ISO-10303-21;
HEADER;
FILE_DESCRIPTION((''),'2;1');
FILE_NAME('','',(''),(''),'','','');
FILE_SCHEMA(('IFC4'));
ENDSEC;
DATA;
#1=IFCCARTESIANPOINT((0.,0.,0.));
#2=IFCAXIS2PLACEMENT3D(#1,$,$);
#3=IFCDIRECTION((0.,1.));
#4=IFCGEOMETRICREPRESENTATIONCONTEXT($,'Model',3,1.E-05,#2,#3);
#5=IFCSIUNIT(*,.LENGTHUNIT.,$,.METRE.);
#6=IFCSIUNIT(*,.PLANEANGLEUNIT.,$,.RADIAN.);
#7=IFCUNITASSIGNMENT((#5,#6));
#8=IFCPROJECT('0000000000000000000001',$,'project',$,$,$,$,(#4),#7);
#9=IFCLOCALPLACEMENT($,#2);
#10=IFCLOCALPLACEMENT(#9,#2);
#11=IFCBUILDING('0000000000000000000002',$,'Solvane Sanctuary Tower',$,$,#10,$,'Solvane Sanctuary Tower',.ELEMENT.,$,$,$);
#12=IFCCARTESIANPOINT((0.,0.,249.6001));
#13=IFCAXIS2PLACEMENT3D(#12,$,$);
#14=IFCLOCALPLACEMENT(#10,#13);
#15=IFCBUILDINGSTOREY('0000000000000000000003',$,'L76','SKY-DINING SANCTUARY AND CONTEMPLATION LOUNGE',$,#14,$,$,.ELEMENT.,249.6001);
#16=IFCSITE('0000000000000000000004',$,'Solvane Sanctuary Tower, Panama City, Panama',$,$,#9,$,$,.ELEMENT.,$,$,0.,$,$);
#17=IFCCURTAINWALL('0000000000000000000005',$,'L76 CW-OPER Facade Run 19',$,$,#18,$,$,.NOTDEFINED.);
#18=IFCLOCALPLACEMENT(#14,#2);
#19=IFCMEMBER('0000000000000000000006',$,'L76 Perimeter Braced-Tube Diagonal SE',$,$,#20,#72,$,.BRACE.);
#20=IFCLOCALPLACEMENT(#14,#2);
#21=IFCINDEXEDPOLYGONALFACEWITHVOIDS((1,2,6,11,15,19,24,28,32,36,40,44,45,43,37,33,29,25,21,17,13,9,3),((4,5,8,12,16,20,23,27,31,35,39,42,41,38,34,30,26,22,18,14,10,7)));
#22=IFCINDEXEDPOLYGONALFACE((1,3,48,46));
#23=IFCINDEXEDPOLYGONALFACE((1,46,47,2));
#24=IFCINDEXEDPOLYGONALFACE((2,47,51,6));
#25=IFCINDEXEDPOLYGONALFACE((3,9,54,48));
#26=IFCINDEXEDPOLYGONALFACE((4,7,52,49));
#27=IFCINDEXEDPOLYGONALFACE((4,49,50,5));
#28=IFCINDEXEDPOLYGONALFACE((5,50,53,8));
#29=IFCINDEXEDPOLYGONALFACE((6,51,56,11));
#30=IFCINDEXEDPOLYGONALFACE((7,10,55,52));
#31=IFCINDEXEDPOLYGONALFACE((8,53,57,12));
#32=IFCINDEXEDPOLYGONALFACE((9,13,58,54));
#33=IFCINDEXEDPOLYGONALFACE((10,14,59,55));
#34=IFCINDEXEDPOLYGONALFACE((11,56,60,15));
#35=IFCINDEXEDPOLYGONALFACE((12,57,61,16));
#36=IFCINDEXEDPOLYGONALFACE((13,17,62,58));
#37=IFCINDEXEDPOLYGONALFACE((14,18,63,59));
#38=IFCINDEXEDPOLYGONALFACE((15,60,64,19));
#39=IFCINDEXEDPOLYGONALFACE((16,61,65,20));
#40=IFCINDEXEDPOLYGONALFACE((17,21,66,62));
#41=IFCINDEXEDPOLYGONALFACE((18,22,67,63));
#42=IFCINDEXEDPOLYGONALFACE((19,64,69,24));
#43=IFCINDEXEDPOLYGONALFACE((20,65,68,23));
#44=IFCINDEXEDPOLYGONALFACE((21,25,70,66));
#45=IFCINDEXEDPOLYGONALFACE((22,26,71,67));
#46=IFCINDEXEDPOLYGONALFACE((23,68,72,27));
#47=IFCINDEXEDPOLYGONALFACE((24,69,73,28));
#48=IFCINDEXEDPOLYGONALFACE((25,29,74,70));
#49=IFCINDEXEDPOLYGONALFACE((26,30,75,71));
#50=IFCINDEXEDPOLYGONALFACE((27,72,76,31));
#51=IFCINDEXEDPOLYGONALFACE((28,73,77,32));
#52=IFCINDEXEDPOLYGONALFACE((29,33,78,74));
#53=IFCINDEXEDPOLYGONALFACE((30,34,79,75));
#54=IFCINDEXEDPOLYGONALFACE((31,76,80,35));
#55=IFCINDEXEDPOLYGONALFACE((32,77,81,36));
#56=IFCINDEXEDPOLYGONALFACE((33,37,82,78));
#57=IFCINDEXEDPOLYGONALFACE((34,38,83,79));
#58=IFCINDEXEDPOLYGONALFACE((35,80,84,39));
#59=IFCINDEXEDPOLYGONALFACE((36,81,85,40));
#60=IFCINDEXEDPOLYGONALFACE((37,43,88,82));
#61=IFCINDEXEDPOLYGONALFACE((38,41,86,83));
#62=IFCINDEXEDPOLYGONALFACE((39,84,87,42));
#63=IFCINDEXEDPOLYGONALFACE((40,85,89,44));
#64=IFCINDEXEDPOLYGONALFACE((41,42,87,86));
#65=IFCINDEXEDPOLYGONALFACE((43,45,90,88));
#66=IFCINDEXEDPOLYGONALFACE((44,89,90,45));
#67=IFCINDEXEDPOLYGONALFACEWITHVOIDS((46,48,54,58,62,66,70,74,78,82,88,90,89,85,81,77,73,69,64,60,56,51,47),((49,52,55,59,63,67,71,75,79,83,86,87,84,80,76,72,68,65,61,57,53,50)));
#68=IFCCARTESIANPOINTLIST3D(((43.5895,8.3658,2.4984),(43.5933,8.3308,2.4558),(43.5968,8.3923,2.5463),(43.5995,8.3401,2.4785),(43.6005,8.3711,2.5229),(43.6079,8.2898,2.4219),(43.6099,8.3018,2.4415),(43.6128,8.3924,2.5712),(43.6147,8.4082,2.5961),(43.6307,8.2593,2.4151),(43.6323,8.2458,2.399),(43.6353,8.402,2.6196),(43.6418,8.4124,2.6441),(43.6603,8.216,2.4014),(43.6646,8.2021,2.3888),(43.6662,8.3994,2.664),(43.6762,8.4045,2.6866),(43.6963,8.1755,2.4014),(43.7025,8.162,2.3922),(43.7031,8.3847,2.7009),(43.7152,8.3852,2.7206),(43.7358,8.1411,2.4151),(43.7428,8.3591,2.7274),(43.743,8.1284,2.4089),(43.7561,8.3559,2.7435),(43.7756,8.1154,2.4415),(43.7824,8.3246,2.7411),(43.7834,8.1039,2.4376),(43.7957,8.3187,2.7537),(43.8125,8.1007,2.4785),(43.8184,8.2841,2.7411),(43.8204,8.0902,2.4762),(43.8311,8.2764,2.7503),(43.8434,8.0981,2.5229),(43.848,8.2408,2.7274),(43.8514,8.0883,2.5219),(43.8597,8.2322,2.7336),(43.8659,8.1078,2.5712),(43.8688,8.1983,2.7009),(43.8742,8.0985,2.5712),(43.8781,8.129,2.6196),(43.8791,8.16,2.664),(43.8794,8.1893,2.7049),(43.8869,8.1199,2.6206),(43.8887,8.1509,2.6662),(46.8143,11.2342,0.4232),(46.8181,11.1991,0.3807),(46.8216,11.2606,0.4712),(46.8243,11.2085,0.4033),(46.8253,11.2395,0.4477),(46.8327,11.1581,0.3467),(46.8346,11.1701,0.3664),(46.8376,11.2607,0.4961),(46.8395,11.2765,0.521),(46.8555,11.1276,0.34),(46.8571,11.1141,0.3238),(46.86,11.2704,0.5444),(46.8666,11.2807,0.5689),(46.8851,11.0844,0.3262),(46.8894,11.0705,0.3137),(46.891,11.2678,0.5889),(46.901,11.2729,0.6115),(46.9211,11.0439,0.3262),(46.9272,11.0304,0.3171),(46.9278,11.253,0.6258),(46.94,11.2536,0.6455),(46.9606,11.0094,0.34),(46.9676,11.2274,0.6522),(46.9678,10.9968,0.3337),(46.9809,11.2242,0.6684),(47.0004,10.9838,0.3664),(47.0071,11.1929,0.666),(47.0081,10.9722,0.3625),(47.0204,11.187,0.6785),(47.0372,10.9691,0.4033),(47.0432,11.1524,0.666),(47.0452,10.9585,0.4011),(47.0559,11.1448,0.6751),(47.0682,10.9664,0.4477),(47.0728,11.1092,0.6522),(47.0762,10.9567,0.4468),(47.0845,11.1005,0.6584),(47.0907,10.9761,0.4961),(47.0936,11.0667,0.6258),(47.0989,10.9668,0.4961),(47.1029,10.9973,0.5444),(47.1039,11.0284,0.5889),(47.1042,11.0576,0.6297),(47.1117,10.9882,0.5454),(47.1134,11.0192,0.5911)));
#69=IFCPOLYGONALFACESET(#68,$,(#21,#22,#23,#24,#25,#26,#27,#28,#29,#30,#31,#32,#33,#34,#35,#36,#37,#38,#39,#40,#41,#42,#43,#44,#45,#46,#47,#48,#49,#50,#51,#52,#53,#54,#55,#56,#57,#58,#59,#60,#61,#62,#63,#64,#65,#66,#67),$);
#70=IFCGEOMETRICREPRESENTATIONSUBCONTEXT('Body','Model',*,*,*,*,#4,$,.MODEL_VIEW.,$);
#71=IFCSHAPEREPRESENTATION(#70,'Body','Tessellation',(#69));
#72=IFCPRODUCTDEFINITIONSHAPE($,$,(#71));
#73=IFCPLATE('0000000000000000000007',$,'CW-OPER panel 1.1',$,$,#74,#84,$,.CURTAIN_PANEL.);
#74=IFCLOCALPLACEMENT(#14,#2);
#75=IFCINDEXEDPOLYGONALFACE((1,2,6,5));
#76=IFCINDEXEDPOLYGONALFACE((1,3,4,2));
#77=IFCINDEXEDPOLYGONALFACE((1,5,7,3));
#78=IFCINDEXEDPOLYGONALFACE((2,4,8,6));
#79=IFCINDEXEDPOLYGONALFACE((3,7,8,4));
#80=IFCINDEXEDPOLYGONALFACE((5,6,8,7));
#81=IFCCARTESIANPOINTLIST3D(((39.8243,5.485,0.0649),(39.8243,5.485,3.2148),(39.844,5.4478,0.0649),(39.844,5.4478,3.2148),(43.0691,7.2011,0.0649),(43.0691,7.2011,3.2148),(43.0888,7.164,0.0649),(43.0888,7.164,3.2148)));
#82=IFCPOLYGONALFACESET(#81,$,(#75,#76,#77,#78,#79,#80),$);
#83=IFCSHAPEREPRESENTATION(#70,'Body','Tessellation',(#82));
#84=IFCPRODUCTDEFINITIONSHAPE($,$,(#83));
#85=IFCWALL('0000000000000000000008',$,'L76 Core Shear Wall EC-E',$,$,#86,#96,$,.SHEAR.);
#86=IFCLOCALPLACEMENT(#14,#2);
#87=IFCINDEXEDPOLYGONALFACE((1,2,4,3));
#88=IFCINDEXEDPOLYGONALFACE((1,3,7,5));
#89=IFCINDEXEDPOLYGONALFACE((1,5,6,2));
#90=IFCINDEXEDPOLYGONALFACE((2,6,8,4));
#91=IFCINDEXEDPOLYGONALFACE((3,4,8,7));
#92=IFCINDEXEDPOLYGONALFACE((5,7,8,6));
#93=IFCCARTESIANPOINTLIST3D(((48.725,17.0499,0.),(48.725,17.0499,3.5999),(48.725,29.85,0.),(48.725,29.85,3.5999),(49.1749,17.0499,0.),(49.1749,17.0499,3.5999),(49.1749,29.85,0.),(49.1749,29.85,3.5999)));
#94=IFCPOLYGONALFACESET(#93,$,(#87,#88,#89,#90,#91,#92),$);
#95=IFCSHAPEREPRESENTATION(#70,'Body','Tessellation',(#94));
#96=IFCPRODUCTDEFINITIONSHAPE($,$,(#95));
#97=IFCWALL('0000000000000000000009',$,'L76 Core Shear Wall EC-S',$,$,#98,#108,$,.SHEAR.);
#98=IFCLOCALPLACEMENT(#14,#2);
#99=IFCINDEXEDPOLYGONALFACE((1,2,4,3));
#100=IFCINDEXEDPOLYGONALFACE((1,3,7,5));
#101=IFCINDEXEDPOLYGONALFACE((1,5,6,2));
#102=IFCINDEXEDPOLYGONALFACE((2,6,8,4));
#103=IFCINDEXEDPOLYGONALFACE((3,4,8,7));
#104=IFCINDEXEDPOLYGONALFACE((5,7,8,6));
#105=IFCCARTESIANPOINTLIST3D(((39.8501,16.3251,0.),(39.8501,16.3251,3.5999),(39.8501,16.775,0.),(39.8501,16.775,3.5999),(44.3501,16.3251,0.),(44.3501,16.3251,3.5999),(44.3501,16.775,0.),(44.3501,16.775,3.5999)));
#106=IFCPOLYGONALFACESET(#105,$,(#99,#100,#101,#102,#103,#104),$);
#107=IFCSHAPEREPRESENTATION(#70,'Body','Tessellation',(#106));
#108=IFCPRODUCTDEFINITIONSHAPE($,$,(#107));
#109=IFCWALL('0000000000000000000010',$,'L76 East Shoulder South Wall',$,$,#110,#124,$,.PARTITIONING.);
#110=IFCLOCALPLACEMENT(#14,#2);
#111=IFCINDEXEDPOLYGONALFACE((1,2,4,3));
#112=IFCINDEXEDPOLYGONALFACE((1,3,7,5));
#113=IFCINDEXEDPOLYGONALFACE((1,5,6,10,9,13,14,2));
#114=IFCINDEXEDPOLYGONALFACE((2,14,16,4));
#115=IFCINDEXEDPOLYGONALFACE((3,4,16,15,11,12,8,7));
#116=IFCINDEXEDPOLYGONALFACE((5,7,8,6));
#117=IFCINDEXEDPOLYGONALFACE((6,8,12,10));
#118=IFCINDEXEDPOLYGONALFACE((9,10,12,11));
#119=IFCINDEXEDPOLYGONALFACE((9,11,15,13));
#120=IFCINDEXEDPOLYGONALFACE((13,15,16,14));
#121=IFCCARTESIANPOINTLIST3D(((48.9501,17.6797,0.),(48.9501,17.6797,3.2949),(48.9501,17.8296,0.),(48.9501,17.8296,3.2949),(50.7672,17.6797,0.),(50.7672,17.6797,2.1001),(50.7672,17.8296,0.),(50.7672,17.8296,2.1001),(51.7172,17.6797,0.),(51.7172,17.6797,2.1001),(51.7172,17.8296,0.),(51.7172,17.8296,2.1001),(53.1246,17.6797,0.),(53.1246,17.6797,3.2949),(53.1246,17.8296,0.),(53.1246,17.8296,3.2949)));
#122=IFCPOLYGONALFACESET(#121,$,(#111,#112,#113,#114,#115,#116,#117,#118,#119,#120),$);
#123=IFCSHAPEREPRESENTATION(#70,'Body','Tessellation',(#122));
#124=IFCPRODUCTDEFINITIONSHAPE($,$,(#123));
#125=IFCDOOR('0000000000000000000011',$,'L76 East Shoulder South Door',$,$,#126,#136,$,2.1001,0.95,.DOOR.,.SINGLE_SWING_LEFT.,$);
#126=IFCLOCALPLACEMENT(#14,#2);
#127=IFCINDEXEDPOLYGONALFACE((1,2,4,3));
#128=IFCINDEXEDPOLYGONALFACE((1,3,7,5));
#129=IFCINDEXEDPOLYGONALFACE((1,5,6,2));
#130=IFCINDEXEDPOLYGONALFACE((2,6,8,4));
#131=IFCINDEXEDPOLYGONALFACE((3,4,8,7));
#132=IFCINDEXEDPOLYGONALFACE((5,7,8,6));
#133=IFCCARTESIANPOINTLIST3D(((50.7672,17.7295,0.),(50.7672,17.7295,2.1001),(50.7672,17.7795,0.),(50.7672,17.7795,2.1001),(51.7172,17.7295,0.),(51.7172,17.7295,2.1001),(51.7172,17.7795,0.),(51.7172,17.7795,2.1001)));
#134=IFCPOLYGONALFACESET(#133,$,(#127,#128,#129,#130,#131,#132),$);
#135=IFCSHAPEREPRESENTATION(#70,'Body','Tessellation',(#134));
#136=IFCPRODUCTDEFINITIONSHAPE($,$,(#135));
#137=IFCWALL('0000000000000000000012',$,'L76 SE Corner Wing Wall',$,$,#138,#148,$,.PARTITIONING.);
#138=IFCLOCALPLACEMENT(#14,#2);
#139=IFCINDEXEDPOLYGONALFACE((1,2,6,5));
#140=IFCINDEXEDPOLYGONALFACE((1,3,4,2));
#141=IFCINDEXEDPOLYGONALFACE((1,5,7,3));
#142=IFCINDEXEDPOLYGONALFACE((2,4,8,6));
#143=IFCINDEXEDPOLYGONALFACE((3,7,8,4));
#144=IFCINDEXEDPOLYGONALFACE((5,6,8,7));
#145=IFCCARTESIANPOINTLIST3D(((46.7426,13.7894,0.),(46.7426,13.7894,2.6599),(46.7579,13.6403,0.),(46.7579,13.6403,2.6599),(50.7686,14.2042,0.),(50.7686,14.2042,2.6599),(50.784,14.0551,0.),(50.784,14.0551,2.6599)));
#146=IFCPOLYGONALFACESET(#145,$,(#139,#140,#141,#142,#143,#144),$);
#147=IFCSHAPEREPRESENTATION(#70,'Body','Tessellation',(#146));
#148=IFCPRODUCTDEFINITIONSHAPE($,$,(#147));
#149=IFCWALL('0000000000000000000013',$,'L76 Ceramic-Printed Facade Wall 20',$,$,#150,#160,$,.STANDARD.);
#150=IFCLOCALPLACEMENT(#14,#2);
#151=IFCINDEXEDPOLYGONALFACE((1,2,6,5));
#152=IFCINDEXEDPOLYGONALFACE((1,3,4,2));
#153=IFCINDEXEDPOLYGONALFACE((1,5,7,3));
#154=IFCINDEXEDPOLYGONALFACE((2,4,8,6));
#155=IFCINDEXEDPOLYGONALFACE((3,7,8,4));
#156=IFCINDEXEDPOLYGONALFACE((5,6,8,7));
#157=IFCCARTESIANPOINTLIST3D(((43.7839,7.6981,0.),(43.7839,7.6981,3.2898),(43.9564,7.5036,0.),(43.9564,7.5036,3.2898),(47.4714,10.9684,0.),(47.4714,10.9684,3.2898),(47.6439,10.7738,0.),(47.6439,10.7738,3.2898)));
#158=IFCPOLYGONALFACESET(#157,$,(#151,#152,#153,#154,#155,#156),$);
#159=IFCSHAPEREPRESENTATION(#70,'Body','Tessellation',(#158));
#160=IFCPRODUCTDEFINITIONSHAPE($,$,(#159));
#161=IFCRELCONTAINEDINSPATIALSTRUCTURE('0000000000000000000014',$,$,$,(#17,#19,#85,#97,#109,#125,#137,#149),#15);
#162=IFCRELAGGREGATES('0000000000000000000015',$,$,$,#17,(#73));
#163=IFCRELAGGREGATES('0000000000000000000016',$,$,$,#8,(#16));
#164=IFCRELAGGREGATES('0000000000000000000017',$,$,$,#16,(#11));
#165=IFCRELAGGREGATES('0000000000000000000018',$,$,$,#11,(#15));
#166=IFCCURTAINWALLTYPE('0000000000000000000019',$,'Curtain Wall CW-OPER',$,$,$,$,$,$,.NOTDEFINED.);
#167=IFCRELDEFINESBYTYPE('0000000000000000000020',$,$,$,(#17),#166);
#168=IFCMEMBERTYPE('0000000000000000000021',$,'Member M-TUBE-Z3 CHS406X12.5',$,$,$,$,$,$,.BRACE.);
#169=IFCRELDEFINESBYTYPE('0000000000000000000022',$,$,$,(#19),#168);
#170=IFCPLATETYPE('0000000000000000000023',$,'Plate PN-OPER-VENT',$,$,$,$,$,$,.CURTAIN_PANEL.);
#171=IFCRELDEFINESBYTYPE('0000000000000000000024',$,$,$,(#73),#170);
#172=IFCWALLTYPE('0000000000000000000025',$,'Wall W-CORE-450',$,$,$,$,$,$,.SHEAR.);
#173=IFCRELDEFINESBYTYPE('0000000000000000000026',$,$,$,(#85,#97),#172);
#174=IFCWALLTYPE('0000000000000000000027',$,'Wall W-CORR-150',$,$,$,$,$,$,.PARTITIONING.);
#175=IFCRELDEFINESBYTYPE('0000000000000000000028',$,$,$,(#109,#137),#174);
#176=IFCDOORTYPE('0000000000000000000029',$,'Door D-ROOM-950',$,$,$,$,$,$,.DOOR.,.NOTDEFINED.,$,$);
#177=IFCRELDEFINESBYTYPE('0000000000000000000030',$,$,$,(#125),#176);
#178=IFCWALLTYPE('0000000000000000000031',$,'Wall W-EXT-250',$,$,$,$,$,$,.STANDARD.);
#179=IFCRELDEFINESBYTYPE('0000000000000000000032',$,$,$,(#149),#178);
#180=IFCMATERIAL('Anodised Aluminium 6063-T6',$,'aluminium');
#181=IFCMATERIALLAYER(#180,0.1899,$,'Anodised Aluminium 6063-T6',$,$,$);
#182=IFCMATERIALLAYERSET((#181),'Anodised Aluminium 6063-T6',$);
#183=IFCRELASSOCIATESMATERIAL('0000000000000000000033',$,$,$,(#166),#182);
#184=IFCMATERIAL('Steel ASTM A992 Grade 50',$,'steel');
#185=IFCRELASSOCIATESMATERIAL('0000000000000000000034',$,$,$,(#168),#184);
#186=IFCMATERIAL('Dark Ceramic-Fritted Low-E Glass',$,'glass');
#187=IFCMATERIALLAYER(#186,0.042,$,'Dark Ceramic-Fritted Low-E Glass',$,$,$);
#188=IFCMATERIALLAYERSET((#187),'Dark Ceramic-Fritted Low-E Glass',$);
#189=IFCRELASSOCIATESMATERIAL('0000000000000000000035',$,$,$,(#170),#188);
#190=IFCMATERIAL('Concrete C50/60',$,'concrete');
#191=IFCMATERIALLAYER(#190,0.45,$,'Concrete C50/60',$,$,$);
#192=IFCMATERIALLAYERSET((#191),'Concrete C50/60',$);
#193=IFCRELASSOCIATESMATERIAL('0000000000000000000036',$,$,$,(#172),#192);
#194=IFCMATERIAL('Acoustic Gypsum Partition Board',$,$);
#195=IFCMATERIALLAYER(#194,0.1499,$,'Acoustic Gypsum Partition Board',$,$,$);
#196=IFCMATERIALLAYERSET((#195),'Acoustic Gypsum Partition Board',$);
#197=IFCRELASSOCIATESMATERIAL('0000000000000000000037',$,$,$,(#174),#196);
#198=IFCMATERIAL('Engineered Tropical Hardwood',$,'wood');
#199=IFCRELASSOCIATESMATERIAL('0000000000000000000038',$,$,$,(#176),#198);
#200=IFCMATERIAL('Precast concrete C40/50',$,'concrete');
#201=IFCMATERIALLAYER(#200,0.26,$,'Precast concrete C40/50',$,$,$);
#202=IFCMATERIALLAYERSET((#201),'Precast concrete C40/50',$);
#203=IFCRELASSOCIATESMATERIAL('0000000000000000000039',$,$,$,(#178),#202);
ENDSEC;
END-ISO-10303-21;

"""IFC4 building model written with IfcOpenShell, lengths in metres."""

from ifc_helpers import new_model, si_unit, direction, frame, frame_2d, origin, origin_2d, place, context, subcontext, project, spatial, rectangle, hollow_circle, extrude, material, layer, layer_set, material_profile, profile_set, type_object, element, fill, aggregate, save


model = new_model("IFC4")

# Units and contexts
model_context = context("Model", 3, precision=1e-05, world=origin(), true_north=direction((0.0, 1.0)))
body_context = subcontext(model_context, "Body", "Model", "MODEL_VIEW")
ifc_project = project(units=[si_unit("LENGTHUNIT", "METRE"), si_unit("PLANEANGLEUNIT", "RADIAN")], contexts=[model_context])

# Site, building, storey
site_placement = place(None, origin())
site = spatial("IfcSite", under=ifc_project, at=site_placement, Name="Solvane Sanctuary Tower, Panama City, Panama", CompositionType="ELEMENT", RefElevation=0.0)
building_placement = place(site_placement, origin())
building = spatial("IfcBuilding", under=site, at=building_placement, Name="Solvane Sanctuary Tower", LongName="Solvane Sanctuary Tower", CompositionType="ELEMENT")
storey_placement = place(building_placement, frame((0.0, 0.0, 249.6001)))
storey = spatial("IfcBuildingStorey", under=building, at=storey_placement, Name="L76", Description="SKY-DINING SANCTUARY AND CONTEMPLATION LOUNGE", CompositionType="ELEMENT", Elevation=249.6001)

# Shared definitions
ifc_material_1 = material(Name="Steel ASTM A992 Grade 50", Category="steel")

# Curtain wall
ifc_material_2 = material(Name="Anodised Aluminium 6063-T6", Category="aluminium")
ifc_layer_1 = layer(ifc_material_2, 0.1899, Name="Anodised Aluminium 6063-T6")
ifc_layer_set_1 = layer_set([ifc_layer_1], Name="Anodised Aluminium 6063-T6")
curtain_wall_type = type_object("IfcCurtainWallType", Name="Curtain Wall CW-OPER", PredefinedType="NOTDEFINED", material=ifc_layer_set_1)
curtain_wall_placement = place(storey_placement, origin())
curtain_wall = element("IfcCurtainWall", 1, at=curtain_wall_placement, inside=storey, type_object=curtain_wall_type, Name="L76 CW-OPER Facade Run 19", PredefinedType="NOTDEFINED")

# Member
ifc_material_profile_1 = material_profile(ifc_material_1, hollow_circle(Radius=0.2029, WallThickness=0.0125, at=origin_2d()), Name="CHS406X12.5")
ifc_profile_set_1 = profile_set([ifc_material_profile_1], Name="Steel ASTM A992 Grade 50")
member_type_1 = type_object("IfcMemberType", Name="Member M-TUBE-Z3 CHS406X12.5", PredefinedType="BRACE", material=ifc_profile_set_1)
member_1_placement = place(storey_placement, frame((46.9641, 11.1184, 0.4961), z_axis=(-0.673397, -0.598966, 0.433331), x_axis=(0.664606, -0.747194, 0.0)))
element("IfcMember", 2, at=member_1_placement, inside=storey, type_object=member_type_1, Name="L76 Perimeter Braced-Tube Diagonal SE", PredefinedType="BRACE", context=body_context, shape_type="SweptSolid", body=[
    extrude(hollow_circle(Radius=0.2029, WallThickness=0.0125, at=origin_2d()), origin(), (0.0, 0.0, 1.0), 4.7888),
])

# Plate
ifc_material_3 = material(Name="Dark Ceramic-Fritted Low-E Glass", Category="glass")
ifc_layer_2 = layer(ifc_material_3, 0.042, Name="Dark Ceramic-Fritted Low-E Glass")
ifc_layer_set_2 = layer_set([ifc_layer_2], Name="Dark Ceramic-Fritted Low-E Glass")
plate_type = type_object("IfcPlateType", Name="Plate PN-OPER-VENT", PredefinedType="CURTAIN_PANEL", material=ifc_layer_set_2)
plate_placement = place(storey_placement, frame((41.4565, 6.3245, 0.0649), z_axis=(0.0, 0.0, 1.0), x_axis=(0.883981, 0.467523, 0.0)))
plate = element("IfcPlate", 3, at=plate_placement, type_object=plate_type, Name="CW-OPER panel 1.1", PredefinedType="CURTAIN_PANEL", context=body_context, shape_type="SweptSolid", body=[
    extrude(rectangle(XDim=3.6707, YDim=0.042, at=origin_2d()), origin(), (0.0, 0.0, 1.0), 3.1499),
])
aggregate(curtain_wall, [plate])

# Walls
ifc_material_4 = material(Name="Concrete C50/60", Category="concrete")
ifc_layer_3 = layer(ifc_material_4, 0.45, Name="Concrete C50/60")
ifc_layer_set_3 = layer_set([ifc_layer_3], Name="Concrete C50/60")
wall_type_1 = type_object("IfcWallType", Name="Wall W-CORE-450", PredefinedType="SHEAR", material=ifc_layer_set_3)
wall_1_placement = place(storey_placement, frame((48.95, 17.05, 0.0), z_axis=(0.0, 0.0, 1.0), x_axis=(0.0, 1.0, 0.0)))
element("IfcWall", 4, at=wall_1_placement, inside=storey, type_object=wall_type_1, Name="L76 Core Shear Wall EC-E", PredefinedType="SHEAR", context=body_context, shape_type="SweptSolid", body=[
    extrude(rectangle(XDim=12.8, YDim=0.45, at=frame_2d((6.3999, 0.0))), origin(), (0.0, 0.0, 1.0), 3.5999),
])
wall_2_placement = place(storey_placement, frame((39.8501, 16.55, 0.0), z_axis=(0.0, 0.0, 1.0), x_axis=(1.0, 0.0, 0.0)))
element("IfcWall", 5, at=wall_2_placement, inside=storey, type_object=wall_type_1, Name="L76 Core Shear Wall EC-S", PredefinedType="SHEAR", context=body_context, shape_type="SweptSolid", body=[
    extrude(rectangle(XDim=4.5, YDim=0.45, at=frame_2d((2.25, 0.0))), origin(), (0.0, 0.0, 1.0), 3.5999),
])

# Wall, opening, door
ifc_material_5 = material(Name="Acoustic Gypsum Partition Board")
ifc_layer_4 = layer(ifc_material_5, 0.1499, Name="Acoustic Gypsum Partition Board")
ifc_layer_set_4 = layer_set([ifc_layer_4], Name="Acoustic Gypsum Partition Board")
wall_type_2 = type_object("IfcWallType", Name="Wall W-CORR-150", PredefinedType="PARTITIONING", material=ifc_layer_set_4)
wall_3_placement = place(storey_placement, frame((48.95, 17.7546, 0.0), z_axis=(0.0, 0.0, 1.0), x_axis=(1.0, 0.0, 0.0)))
wall_3 = element("IfcWall", 6, at=wall_3_placement, inside=storey, type_object=wall_type_2, Name="L76 East Shoulder South Wall", PredefinedType="PARTITIONING", context=body_context, shape_type="SweptSolid", body=[
    extrude(rectangle(XDim=4.1746, YDim=0.1499, at=frame_2d((2.0874, 0.0))), origin(), (0.0, 0.0, 1.0), 3.2949),
])
opening_1_placement = place(wall_3_placement, frame((1.8171, 0.0, 0.0)))
opening_1 = element("IfcOpeningElement", 7, at=opening_1_placement, cuts=wall_3, PredefinedType="OPENING", context=body_context, shape_type="SweptSolid", body=[
    extrude(rectangle(XDim=0.95, YDim=2.1001, at=frame_2d((0.4751, 1.05))), frame((0.0, 0.085, 0.0), z_axis=(0.0, -1.0, 0.0), x_axis=(1.0, 0.0, 0.0)), (0.0, 0.0, 1.0), 0.1699),
])
ifc_material_6 = material(Name="Engineered Tropical Hardwood", Category="wood")
door_type = type_object("IfcDoorType", Name="Door D-ROOM-950", OperationType="NOTDEFINED", PredefinedType="DOOR", material=ifc_material_6)
door_placement = place(opening_1_placement, origin())
door = element("IfcDoor", 8, at=door_placement, inside=storey, type_object=door_type, Name="L76 East Shoulder South Door", OperationType="SINGLE_SWING_LEFT", OverallHeight=2.1001, OverallWidth=0.95, PredefinedType="DOOR", context=body_context, shape_type="SweptSolid", body=[
    extrude(rectangle(XDim=0.95, YDim=2.1001, at=frame_2d((0.4751, 1.05))), frame((0.0, 0.0249, 0.0), z_axis=(0.0, -1.0, 0.0), x_axis=(1.0, 0.0, 0.0)), (0.0, 0.0, 1.0), 0.05),
])
fill(opening_1, door)

# Walls
wall_4_placement = place(storey_placement, frame((46.7502, 13.7148, 0.0), z_axis=(0.0, 0.0, 1.0), x_axis=(0.994735, 0.102483, 0.0)))
element("IfcWall", 9, at=wall_4_placement, inside=storey, type_object=wall_type_2, Name="L76 SE Corner Wing Wall", PredefinedType="PARTITIONING", context=body_context, shape_type="SweptSolid", body=[
    extrude(rectangle(XDim=4.0474, YDim=0.1499, at=frame_2d((2.0237, 0.0))), origin(), (0.0, 0.0, 1.0), 2.6599),
])
ifc_material_7 = material(Name="Precast concrete C40/50", Category="concrete")
ifc_layer_5 = layer(ifc_material_7, 0.26, Name="Precast concrete C40/50")
ifc_layer_set_5 = layer_set([ifc_layer_5], Name="Precast concrete C40/50")
wall_type_3 = type_object("IfcWallType", Name="Wall W-EXT-250", PredefinedType="STANDARD", material=ifc_layer_set_5)
wall_5_placement = place(storey_placement, frame((43.8701, 7.6008, 0.0), z_axis=(0.0, 0.0, 1.0), x_axis=(0.748166, 0.663512, 0.0)))
element("IfcWall", 10, at=wall_5_placement, inside=storey, type_object=wall_type_3, Name="L76 Ceramic-Printed Facade Wall 20", PredefinedType="STANDARD", context=body_context, shape_type="SweptSolid", body=[
    extrude(rectangle(XDim=4.9287, YDim=0.26, at=frame_2d((2.4644, 0.0))), origin(), (0.0, 0.0, 1.0), 3.2898),
])

save(model, "model.ifc")
